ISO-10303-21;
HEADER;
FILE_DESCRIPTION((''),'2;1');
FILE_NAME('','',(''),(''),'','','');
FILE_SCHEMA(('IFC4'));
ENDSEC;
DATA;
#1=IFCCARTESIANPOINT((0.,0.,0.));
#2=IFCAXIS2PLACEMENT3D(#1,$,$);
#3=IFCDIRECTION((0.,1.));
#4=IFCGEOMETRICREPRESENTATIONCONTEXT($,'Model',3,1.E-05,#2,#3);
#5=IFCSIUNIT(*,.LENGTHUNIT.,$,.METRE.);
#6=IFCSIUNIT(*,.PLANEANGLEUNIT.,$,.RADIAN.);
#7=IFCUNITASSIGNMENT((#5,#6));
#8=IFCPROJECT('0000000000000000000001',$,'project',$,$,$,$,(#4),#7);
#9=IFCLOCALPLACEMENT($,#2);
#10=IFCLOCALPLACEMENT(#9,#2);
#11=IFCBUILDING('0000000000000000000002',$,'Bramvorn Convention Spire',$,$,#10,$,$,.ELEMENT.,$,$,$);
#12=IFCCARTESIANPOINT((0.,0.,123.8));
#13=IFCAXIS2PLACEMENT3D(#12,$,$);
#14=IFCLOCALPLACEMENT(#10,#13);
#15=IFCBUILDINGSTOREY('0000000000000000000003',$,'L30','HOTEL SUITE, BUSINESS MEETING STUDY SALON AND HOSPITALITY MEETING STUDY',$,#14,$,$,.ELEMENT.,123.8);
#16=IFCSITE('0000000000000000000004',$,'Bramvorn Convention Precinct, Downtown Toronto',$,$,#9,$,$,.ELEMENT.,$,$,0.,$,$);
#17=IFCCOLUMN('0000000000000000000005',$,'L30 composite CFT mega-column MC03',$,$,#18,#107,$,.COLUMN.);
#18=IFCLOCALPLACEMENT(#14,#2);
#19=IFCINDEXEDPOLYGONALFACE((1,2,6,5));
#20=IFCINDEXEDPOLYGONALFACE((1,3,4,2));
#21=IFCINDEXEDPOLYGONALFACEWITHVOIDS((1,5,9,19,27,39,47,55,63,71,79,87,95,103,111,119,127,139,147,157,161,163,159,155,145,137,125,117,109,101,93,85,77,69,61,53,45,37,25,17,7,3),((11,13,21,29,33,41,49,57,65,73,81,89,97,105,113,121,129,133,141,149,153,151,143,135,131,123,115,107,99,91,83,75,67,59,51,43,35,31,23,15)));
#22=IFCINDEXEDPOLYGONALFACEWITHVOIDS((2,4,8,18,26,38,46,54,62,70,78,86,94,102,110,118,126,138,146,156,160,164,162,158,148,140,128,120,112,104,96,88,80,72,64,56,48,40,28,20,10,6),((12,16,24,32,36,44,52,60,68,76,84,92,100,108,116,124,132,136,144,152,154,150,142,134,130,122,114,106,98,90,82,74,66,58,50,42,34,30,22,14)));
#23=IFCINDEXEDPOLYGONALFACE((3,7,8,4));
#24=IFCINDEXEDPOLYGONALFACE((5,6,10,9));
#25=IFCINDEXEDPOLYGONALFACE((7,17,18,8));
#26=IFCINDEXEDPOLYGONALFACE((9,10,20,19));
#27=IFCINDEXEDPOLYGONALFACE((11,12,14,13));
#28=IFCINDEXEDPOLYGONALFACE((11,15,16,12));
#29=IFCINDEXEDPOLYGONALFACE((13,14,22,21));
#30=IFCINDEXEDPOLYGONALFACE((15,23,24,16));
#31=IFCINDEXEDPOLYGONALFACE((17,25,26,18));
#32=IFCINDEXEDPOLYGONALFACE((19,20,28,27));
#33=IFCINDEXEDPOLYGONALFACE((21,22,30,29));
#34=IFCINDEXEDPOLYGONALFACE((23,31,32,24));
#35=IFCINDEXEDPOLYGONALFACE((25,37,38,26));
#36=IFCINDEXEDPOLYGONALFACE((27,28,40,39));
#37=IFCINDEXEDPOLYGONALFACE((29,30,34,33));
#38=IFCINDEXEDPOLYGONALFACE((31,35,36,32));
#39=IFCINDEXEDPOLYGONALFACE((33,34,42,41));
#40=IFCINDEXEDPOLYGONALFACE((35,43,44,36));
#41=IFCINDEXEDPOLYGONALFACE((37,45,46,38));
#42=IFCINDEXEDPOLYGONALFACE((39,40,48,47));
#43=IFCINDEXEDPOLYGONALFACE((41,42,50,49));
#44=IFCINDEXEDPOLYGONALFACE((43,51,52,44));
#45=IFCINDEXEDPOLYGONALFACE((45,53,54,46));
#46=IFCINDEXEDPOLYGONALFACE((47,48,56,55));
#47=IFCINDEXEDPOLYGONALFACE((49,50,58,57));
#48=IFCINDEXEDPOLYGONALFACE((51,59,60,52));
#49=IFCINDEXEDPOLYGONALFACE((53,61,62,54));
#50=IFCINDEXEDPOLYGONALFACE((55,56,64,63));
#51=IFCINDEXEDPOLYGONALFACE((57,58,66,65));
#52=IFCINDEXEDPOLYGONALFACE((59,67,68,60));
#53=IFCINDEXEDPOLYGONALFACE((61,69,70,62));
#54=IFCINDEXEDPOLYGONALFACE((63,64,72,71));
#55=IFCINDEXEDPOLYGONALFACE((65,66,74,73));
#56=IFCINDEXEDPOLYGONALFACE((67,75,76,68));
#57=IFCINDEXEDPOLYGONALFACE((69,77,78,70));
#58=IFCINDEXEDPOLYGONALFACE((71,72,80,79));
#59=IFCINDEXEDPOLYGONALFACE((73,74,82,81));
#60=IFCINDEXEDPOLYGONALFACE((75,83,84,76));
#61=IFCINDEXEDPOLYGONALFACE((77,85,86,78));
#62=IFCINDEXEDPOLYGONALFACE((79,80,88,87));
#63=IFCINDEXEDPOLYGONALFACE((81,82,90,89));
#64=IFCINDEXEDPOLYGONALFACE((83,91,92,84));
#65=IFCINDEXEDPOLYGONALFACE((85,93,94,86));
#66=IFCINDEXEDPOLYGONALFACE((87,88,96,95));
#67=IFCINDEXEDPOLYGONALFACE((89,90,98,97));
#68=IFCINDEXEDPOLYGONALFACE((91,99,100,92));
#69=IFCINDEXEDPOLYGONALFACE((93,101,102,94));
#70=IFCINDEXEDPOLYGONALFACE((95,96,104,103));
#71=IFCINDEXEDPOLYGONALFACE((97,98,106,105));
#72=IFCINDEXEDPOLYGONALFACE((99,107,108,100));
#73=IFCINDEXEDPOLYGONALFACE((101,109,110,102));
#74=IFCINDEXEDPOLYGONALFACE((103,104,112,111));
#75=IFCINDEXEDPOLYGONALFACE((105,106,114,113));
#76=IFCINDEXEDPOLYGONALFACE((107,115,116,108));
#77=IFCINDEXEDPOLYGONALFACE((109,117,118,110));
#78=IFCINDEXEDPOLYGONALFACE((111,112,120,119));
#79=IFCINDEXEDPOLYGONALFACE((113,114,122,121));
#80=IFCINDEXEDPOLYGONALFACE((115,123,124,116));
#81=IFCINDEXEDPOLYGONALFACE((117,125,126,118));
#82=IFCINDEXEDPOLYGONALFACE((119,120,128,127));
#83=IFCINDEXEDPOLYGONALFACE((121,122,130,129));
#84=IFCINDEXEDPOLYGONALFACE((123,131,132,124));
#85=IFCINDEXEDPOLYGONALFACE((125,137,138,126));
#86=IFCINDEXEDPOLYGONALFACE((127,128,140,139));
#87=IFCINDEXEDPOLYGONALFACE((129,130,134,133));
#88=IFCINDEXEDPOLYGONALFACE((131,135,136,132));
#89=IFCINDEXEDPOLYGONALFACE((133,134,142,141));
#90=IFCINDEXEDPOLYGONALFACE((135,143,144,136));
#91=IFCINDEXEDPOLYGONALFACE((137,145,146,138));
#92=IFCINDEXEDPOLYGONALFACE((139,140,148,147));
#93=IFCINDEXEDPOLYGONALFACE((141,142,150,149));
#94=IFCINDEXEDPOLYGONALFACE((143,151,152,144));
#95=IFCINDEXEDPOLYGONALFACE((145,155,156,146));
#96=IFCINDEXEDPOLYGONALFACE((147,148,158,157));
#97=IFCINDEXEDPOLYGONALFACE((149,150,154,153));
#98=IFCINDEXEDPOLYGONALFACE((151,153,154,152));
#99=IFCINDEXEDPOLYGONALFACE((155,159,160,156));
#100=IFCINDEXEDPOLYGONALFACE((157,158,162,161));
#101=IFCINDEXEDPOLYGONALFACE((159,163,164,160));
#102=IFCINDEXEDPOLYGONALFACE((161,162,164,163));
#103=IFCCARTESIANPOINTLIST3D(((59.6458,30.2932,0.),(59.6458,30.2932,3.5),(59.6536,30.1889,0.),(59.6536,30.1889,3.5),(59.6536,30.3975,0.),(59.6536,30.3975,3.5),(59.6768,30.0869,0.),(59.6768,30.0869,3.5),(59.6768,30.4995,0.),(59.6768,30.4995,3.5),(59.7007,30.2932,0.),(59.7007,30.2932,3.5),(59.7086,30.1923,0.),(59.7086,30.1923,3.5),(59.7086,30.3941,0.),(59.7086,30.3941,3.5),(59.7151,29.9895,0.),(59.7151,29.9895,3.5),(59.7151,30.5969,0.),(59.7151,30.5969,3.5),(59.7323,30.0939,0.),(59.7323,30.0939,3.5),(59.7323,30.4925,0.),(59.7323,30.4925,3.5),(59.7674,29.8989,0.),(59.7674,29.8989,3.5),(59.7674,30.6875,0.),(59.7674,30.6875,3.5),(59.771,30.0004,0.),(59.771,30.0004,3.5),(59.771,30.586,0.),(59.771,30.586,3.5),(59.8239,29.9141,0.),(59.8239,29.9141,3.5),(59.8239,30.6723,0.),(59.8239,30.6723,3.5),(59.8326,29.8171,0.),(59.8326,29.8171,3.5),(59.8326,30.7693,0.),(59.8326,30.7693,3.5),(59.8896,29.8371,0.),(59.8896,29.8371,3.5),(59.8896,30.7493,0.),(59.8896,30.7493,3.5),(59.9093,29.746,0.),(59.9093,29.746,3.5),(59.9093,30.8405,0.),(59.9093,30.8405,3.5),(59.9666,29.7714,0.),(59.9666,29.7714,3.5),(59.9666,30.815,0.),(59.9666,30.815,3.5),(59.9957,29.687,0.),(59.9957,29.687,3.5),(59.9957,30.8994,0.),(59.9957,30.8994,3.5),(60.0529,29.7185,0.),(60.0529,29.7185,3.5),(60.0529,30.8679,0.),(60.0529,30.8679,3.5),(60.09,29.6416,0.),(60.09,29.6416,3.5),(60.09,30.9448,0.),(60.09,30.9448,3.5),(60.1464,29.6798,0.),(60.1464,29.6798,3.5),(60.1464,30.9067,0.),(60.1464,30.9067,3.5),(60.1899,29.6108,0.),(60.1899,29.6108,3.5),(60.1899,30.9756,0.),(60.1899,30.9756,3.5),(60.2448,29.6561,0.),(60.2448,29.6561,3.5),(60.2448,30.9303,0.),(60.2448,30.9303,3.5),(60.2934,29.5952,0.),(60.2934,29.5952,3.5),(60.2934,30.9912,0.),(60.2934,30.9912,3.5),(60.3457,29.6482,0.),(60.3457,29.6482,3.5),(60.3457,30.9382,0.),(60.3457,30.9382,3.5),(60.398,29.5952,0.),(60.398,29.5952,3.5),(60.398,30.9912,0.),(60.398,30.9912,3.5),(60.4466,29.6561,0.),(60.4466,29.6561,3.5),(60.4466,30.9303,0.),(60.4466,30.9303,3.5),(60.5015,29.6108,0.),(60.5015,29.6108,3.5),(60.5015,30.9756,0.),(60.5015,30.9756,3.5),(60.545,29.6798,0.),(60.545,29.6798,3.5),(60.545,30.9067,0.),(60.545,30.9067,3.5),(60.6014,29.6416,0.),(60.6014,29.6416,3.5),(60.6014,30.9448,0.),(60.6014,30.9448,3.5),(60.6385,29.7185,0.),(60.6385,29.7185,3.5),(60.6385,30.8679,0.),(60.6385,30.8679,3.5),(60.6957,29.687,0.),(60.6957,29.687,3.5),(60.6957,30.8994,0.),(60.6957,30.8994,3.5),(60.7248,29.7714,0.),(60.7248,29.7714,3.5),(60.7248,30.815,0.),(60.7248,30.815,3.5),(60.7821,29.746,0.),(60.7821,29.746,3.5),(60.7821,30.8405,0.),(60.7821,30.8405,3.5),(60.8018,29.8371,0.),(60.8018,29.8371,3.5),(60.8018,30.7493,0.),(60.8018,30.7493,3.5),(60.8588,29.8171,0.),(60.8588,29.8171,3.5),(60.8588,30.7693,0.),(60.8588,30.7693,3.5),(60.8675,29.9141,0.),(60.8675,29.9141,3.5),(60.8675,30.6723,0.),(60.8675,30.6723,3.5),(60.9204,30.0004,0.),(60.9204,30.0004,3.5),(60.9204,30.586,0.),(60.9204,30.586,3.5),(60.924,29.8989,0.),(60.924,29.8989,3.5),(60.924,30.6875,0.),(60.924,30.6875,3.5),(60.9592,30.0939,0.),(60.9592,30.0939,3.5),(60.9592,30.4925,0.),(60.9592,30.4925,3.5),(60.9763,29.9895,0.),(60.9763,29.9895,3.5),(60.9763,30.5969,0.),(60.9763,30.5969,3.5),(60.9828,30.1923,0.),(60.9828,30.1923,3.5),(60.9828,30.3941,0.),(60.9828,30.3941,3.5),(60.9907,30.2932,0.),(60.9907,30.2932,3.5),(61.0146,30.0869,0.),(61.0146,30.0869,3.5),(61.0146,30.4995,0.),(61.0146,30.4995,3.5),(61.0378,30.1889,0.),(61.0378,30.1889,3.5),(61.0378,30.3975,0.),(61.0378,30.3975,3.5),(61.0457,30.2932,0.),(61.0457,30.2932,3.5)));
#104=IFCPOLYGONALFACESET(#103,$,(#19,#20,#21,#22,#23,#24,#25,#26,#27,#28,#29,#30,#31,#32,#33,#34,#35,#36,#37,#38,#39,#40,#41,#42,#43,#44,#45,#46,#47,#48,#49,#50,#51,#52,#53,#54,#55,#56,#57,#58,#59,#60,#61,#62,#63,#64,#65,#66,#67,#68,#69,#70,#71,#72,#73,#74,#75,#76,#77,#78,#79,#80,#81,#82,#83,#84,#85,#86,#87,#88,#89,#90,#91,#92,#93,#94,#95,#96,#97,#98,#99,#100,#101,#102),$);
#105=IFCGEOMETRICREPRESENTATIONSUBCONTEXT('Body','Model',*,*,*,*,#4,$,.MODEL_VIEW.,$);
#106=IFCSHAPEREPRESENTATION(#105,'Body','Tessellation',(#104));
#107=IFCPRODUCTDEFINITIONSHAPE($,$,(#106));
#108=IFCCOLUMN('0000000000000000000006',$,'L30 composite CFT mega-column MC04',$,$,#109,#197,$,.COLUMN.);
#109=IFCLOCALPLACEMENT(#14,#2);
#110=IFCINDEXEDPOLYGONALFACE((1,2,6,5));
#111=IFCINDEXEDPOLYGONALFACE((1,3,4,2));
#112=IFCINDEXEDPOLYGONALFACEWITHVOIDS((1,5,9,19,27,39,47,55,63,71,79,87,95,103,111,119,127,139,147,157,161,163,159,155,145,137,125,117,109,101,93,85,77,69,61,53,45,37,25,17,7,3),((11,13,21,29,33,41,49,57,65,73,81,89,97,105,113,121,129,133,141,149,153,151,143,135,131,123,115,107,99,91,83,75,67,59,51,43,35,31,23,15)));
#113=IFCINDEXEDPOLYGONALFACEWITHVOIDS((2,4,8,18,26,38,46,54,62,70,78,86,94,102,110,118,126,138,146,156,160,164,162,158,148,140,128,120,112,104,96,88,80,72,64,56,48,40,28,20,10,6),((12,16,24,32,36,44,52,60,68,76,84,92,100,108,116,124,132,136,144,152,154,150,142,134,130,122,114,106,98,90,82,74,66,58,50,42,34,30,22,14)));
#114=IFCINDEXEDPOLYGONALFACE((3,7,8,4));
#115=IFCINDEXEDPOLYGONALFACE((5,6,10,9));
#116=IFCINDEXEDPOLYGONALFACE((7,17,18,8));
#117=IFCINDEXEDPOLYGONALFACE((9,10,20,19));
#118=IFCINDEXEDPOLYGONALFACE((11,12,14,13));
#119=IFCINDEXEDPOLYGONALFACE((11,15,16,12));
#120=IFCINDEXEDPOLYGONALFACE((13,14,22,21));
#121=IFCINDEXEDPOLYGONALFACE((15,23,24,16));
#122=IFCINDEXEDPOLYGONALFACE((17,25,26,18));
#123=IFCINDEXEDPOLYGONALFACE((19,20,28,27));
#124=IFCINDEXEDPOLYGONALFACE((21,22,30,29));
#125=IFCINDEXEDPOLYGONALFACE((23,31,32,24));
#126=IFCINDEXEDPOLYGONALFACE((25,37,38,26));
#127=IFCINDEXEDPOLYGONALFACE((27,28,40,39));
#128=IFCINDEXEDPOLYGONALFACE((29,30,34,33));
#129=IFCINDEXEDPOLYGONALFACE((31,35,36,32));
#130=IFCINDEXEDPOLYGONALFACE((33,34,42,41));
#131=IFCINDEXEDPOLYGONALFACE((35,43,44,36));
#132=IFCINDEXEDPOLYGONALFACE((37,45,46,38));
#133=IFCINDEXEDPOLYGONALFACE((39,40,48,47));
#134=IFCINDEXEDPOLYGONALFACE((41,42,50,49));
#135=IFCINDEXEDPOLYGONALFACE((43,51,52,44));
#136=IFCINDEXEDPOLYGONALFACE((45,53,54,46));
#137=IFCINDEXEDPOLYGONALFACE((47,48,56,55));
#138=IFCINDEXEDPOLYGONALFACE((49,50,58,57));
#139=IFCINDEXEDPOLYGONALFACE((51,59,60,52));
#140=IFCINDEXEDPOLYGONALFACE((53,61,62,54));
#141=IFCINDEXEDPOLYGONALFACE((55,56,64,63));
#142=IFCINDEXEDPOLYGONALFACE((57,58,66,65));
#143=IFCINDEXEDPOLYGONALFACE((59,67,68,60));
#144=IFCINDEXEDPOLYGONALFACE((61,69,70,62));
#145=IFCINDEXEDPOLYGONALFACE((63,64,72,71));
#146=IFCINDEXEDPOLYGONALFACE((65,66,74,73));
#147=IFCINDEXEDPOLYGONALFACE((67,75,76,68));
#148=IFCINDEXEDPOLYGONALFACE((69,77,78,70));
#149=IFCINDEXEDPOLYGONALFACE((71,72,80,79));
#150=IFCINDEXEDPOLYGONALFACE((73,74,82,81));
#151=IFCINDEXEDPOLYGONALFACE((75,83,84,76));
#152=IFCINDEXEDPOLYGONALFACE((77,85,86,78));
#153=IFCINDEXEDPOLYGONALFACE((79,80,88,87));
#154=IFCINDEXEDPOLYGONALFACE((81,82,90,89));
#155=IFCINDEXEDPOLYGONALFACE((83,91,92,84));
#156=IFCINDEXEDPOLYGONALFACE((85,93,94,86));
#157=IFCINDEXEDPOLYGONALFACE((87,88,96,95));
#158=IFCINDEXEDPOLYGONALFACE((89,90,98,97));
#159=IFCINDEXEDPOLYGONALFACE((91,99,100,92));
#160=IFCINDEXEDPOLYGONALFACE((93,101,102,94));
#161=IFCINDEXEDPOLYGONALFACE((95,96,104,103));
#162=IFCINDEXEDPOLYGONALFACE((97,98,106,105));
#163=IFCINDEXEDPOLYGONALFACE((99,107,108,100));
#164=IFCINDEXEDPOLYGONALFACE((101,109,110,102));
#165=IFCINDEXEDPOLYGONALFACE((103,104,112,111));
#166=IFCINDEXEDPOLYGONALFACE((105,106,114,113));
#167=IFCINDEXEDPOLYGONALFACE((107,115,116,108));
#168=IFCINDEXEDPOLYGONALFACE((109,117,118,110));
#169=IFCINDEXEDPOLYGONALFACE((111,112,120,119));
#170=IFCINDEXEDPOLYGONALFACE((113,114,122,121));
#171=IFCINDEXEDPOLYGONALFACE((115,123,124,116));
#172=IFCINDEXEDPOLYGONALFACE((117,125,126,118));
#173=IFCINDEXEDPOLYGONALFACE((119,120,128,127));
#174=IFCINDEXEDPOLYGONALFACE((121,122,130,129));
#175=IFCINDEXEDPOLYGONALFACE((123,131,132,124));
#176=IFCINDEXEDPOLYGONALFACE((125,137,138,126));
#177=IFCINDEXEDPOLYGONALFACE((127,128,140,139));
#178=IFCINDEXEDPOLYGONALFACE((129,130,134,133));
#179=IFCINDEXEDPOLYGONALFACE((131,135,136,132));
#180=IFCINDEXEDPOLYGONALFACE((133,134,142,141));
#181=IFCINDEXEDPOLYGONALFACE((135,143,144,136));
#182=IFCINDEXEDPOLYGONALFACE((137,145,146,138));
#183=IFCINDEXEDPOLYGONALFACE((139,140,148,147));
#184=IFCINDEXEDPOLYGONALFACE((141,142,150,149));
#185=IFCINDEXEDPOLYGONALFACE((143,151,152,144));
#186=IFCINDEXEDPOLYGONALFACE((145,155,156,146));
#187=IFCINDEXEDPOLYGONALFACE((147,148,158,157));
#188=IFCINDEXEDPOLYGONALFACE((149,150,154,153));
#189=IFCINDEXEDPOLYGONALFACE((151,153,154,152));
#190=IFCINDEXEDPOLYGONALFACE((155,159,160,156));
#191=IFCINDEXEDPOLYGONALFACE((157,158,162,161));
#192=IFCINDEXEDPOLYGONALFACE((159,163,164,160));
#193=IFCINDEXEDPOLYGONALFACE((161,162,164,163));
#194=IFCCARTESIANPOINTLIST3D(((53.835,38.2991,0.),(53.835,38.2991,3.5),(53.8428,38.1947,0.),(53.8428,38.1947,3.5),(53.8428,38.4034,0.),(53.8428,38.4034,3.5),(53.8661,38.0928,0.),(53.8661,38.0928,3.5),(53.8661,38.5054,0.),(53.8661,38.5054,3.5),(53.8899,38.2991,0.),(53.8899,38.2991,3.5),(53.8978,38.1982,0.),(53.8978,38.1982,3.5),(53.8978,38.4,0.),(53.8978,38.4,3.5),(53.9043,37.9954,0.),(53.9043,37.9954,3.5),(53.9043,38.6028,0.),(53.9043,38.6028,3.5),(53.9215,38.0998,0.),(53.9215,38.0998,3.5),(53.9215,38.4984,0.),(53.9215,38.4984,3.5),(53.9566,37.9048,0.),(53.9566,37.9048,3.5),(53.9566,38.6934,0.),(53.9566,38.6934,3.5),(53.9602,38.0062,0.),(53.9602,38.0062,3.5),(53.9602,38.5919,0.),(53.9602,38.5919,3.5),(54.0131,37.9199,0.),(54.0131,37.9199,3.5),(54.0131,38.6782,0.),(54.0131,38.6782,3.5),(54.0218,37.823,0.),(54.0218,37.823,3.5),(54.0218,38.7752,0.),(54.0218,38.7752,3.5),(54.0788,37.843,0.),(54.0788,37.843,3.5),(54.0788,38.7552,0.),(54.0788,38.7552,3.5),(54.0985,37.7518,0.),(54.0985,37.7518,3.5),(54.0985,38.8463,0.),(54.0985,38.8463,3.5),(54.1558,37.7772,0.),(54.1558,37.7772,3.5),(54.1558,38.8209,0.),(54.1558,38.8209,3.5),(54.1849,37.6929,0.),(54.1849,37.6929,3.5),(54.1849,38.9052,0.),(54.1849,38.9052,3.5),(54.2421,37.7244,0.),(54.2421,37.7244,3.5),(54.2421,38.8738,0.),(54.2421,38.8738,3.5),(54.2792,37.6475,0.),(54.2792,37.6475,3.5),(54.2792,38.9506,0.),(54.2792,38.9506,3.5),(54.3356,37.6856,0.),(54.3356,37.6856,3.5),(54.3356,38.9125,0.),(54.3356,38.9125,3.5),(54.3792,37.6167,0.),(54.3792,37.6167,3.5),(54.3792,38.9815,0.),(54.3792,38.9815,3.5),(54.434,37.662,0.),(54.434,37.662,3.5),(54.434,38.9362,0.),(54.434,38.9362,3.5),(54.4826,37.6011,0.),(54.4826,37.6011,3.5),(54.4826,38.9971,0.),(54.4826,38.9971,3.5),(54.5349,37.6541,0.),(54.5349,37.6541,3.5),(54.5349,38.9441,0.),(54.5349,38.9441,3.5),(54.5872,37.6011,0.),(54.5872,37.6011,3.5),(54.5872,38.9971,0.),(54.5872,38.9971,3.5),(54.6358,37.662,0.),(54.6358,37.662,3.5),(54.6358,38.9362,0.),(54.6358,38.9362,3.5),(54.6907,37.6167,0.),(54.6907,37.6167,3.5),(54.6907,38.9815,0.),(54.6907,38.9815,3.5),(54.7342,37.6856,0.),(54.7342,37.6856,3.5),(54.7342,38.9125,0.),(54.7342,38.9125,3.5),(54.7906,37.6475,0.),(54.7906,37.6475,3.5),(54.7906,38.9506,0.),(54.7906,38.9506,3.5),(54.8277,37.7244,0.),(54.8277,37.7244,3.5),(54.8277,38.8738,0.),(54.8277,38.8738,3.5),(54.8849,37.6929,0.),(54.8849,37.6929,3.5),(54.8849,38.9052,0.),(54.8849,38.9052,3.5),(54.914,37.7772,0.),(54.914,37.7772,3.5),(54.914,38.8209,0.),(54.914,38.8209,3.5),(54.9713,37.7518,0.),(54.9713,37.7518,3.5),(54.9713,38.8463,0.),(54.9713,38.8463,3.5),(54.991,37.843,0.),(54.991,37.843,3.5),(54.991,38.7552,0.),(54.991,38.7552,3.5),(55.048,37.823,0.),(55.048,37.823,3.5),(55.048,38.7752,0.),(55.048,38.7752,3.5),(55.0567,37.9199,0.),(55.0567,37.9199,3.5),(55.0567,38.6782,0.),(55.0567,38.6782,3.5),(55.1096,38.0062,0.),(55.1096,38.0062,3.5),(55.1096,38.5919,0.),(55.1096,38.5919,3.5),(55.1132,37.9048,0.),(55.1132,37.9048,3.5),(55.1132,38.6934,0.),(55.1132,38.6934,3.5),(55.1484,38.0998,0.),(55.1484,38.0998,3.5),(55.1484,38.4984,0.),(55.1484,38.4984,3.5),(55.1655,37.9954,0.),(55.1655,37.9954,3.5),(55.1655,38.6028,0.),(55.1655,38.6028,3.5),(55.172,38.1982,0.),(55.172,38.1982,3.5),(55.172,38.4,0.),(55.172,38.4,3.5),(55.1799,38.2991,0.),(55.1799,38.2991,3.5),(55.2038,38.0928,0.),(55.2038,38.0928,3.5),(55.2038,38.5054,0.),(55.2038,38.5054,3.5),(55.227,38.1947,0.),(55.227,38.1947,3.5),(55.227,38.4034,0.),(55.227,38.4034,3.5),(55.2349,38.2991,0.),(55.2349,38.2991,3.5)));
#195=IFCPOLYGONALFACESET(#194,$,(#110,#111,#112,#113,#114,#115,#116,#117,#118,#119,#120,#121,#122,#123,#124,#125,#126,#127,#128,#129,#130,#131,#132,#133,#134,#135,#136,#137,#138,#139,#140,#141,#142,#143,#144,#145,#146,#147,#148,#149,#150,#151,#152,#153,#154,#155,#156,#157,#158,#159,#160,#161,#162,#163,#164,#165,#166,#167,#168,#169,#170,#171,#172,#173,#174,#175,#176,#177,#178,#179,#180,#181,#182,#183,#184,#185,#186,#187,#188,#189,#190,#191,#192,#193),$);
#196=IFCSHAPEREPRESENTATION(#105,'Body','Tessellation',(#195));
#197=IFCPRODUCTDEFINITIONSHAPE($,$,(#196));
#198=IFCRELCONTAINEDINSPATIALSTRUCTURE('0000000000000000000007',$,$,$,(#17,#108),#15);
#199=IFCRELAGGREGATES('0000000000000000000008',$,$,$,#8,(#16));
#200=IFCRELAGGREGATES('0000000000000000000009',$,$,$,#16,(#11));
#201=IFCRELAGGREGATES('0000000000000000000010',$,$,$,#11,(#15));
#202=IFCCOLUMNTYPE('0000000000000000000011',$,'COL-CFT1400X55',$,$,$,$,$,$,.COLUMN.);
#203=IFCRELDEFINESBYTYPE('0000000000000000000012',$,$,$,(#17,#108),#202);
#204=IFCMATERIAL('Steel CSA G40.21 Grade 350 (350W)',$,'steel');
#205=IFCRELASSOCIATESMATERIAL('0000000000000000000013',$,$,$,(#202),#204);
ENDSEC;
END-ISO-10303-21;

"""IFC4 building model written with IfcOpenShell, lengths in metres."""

from ifc_helpers import new_model, si_unit, direction, frame, origin, origin_2d, place, context, subcontext, project, spatial, hollow_circle, extrude, material, material_profile, profile_set, type_object, element, save


model = new_model("IFC4")

# Units and contexts
model_context = context("Model", 3, precision=1e-05, world=origin(), true_north=direction((0.0, 1.0)))
body_context = subcontext(model_context, "Body", "Model", "MODEL_VIEW")
ifc_project = project(units=[si_unit("LENGTHUNIT", "METRE"), si_unit("PLANEANGLEUNIT", "RADIAN")], contexts=[model_context])

# Site, building, storey
site_placement = place(None, origin())
site = spatial("IfcSite", under=ifc_project, at=site_placement, Name="Bramvorn Convention Precinct, Downtown Toronto", CompositionType="ELEMENT", RefElevation=0.0)
building_placement = place(site_placement, origin())
building = spatial("IfcBuilding", under=site, at=building_placement, Name="Bramvorn Convention Spire", CompositionType="ELEMENT")
storey_placement = place(building_placement, frame((0.0, 0.0, 123.8)))
storey = spatial("IfcBuildingStorey", under=building, at=storey_placement, Name="L30", Description="HOTEL SUITE, BUSINESS MEETING STUDY SALON AND HOSPITALITY MEETING STUDY", CompositionType="ELEMENT", Elevation=123.8)

# Columns
ifc_material_1 = material(Name="Steel CSA G40.21 Grade 350 (350W)", Category="steel")
ifc_material_profile_1 = material_profile(ifc_material_1, hollow_circle(Radius=0.7, WallThickness=0.0549, at=origin_2d()))
ifc_profile_set_1 = profile_set([ifc_material_profile_1], Name="Steel CSA G40.21 Grade 350 (350W) - CFT1400X55")
column_type = type_object("IfcColumnType", Name="COL-CFT1400X55", PredefinedType="COLUMN", material=ifc_profile_set_1)
for number, where, z_axis, x_axis, name in (
    (1, (60.3457, 30.2932, 0.0), (0.0, 0.0, 1.0), (1.0, 0.0, 0.0), "L30 composite CFT mega-column MC03"),
    (2, (54.5349, 38.2991, 0.0), (0.0, 0.0, 1.0), (1.0, 0.0, 0.0), "L30 composite CFT mega-column MC04"),
):
    element("IfcColumn", number, at=place(storey_placement, frame(where, z_axis=z_axis, x_axis=x_axis)), inside=storey, type_object=column_type, Name=name, PredefinedType="COLUMN", context=body_context, shape_type="SweptSolid", body=[
        extrude(hollow_circle(Radius=0.7, WallThickness=0.0549, at=origin_2d()), origin(), (0.0, 0.0, 1.0), 3.5),
    ])

save(model, "model.ifc")
